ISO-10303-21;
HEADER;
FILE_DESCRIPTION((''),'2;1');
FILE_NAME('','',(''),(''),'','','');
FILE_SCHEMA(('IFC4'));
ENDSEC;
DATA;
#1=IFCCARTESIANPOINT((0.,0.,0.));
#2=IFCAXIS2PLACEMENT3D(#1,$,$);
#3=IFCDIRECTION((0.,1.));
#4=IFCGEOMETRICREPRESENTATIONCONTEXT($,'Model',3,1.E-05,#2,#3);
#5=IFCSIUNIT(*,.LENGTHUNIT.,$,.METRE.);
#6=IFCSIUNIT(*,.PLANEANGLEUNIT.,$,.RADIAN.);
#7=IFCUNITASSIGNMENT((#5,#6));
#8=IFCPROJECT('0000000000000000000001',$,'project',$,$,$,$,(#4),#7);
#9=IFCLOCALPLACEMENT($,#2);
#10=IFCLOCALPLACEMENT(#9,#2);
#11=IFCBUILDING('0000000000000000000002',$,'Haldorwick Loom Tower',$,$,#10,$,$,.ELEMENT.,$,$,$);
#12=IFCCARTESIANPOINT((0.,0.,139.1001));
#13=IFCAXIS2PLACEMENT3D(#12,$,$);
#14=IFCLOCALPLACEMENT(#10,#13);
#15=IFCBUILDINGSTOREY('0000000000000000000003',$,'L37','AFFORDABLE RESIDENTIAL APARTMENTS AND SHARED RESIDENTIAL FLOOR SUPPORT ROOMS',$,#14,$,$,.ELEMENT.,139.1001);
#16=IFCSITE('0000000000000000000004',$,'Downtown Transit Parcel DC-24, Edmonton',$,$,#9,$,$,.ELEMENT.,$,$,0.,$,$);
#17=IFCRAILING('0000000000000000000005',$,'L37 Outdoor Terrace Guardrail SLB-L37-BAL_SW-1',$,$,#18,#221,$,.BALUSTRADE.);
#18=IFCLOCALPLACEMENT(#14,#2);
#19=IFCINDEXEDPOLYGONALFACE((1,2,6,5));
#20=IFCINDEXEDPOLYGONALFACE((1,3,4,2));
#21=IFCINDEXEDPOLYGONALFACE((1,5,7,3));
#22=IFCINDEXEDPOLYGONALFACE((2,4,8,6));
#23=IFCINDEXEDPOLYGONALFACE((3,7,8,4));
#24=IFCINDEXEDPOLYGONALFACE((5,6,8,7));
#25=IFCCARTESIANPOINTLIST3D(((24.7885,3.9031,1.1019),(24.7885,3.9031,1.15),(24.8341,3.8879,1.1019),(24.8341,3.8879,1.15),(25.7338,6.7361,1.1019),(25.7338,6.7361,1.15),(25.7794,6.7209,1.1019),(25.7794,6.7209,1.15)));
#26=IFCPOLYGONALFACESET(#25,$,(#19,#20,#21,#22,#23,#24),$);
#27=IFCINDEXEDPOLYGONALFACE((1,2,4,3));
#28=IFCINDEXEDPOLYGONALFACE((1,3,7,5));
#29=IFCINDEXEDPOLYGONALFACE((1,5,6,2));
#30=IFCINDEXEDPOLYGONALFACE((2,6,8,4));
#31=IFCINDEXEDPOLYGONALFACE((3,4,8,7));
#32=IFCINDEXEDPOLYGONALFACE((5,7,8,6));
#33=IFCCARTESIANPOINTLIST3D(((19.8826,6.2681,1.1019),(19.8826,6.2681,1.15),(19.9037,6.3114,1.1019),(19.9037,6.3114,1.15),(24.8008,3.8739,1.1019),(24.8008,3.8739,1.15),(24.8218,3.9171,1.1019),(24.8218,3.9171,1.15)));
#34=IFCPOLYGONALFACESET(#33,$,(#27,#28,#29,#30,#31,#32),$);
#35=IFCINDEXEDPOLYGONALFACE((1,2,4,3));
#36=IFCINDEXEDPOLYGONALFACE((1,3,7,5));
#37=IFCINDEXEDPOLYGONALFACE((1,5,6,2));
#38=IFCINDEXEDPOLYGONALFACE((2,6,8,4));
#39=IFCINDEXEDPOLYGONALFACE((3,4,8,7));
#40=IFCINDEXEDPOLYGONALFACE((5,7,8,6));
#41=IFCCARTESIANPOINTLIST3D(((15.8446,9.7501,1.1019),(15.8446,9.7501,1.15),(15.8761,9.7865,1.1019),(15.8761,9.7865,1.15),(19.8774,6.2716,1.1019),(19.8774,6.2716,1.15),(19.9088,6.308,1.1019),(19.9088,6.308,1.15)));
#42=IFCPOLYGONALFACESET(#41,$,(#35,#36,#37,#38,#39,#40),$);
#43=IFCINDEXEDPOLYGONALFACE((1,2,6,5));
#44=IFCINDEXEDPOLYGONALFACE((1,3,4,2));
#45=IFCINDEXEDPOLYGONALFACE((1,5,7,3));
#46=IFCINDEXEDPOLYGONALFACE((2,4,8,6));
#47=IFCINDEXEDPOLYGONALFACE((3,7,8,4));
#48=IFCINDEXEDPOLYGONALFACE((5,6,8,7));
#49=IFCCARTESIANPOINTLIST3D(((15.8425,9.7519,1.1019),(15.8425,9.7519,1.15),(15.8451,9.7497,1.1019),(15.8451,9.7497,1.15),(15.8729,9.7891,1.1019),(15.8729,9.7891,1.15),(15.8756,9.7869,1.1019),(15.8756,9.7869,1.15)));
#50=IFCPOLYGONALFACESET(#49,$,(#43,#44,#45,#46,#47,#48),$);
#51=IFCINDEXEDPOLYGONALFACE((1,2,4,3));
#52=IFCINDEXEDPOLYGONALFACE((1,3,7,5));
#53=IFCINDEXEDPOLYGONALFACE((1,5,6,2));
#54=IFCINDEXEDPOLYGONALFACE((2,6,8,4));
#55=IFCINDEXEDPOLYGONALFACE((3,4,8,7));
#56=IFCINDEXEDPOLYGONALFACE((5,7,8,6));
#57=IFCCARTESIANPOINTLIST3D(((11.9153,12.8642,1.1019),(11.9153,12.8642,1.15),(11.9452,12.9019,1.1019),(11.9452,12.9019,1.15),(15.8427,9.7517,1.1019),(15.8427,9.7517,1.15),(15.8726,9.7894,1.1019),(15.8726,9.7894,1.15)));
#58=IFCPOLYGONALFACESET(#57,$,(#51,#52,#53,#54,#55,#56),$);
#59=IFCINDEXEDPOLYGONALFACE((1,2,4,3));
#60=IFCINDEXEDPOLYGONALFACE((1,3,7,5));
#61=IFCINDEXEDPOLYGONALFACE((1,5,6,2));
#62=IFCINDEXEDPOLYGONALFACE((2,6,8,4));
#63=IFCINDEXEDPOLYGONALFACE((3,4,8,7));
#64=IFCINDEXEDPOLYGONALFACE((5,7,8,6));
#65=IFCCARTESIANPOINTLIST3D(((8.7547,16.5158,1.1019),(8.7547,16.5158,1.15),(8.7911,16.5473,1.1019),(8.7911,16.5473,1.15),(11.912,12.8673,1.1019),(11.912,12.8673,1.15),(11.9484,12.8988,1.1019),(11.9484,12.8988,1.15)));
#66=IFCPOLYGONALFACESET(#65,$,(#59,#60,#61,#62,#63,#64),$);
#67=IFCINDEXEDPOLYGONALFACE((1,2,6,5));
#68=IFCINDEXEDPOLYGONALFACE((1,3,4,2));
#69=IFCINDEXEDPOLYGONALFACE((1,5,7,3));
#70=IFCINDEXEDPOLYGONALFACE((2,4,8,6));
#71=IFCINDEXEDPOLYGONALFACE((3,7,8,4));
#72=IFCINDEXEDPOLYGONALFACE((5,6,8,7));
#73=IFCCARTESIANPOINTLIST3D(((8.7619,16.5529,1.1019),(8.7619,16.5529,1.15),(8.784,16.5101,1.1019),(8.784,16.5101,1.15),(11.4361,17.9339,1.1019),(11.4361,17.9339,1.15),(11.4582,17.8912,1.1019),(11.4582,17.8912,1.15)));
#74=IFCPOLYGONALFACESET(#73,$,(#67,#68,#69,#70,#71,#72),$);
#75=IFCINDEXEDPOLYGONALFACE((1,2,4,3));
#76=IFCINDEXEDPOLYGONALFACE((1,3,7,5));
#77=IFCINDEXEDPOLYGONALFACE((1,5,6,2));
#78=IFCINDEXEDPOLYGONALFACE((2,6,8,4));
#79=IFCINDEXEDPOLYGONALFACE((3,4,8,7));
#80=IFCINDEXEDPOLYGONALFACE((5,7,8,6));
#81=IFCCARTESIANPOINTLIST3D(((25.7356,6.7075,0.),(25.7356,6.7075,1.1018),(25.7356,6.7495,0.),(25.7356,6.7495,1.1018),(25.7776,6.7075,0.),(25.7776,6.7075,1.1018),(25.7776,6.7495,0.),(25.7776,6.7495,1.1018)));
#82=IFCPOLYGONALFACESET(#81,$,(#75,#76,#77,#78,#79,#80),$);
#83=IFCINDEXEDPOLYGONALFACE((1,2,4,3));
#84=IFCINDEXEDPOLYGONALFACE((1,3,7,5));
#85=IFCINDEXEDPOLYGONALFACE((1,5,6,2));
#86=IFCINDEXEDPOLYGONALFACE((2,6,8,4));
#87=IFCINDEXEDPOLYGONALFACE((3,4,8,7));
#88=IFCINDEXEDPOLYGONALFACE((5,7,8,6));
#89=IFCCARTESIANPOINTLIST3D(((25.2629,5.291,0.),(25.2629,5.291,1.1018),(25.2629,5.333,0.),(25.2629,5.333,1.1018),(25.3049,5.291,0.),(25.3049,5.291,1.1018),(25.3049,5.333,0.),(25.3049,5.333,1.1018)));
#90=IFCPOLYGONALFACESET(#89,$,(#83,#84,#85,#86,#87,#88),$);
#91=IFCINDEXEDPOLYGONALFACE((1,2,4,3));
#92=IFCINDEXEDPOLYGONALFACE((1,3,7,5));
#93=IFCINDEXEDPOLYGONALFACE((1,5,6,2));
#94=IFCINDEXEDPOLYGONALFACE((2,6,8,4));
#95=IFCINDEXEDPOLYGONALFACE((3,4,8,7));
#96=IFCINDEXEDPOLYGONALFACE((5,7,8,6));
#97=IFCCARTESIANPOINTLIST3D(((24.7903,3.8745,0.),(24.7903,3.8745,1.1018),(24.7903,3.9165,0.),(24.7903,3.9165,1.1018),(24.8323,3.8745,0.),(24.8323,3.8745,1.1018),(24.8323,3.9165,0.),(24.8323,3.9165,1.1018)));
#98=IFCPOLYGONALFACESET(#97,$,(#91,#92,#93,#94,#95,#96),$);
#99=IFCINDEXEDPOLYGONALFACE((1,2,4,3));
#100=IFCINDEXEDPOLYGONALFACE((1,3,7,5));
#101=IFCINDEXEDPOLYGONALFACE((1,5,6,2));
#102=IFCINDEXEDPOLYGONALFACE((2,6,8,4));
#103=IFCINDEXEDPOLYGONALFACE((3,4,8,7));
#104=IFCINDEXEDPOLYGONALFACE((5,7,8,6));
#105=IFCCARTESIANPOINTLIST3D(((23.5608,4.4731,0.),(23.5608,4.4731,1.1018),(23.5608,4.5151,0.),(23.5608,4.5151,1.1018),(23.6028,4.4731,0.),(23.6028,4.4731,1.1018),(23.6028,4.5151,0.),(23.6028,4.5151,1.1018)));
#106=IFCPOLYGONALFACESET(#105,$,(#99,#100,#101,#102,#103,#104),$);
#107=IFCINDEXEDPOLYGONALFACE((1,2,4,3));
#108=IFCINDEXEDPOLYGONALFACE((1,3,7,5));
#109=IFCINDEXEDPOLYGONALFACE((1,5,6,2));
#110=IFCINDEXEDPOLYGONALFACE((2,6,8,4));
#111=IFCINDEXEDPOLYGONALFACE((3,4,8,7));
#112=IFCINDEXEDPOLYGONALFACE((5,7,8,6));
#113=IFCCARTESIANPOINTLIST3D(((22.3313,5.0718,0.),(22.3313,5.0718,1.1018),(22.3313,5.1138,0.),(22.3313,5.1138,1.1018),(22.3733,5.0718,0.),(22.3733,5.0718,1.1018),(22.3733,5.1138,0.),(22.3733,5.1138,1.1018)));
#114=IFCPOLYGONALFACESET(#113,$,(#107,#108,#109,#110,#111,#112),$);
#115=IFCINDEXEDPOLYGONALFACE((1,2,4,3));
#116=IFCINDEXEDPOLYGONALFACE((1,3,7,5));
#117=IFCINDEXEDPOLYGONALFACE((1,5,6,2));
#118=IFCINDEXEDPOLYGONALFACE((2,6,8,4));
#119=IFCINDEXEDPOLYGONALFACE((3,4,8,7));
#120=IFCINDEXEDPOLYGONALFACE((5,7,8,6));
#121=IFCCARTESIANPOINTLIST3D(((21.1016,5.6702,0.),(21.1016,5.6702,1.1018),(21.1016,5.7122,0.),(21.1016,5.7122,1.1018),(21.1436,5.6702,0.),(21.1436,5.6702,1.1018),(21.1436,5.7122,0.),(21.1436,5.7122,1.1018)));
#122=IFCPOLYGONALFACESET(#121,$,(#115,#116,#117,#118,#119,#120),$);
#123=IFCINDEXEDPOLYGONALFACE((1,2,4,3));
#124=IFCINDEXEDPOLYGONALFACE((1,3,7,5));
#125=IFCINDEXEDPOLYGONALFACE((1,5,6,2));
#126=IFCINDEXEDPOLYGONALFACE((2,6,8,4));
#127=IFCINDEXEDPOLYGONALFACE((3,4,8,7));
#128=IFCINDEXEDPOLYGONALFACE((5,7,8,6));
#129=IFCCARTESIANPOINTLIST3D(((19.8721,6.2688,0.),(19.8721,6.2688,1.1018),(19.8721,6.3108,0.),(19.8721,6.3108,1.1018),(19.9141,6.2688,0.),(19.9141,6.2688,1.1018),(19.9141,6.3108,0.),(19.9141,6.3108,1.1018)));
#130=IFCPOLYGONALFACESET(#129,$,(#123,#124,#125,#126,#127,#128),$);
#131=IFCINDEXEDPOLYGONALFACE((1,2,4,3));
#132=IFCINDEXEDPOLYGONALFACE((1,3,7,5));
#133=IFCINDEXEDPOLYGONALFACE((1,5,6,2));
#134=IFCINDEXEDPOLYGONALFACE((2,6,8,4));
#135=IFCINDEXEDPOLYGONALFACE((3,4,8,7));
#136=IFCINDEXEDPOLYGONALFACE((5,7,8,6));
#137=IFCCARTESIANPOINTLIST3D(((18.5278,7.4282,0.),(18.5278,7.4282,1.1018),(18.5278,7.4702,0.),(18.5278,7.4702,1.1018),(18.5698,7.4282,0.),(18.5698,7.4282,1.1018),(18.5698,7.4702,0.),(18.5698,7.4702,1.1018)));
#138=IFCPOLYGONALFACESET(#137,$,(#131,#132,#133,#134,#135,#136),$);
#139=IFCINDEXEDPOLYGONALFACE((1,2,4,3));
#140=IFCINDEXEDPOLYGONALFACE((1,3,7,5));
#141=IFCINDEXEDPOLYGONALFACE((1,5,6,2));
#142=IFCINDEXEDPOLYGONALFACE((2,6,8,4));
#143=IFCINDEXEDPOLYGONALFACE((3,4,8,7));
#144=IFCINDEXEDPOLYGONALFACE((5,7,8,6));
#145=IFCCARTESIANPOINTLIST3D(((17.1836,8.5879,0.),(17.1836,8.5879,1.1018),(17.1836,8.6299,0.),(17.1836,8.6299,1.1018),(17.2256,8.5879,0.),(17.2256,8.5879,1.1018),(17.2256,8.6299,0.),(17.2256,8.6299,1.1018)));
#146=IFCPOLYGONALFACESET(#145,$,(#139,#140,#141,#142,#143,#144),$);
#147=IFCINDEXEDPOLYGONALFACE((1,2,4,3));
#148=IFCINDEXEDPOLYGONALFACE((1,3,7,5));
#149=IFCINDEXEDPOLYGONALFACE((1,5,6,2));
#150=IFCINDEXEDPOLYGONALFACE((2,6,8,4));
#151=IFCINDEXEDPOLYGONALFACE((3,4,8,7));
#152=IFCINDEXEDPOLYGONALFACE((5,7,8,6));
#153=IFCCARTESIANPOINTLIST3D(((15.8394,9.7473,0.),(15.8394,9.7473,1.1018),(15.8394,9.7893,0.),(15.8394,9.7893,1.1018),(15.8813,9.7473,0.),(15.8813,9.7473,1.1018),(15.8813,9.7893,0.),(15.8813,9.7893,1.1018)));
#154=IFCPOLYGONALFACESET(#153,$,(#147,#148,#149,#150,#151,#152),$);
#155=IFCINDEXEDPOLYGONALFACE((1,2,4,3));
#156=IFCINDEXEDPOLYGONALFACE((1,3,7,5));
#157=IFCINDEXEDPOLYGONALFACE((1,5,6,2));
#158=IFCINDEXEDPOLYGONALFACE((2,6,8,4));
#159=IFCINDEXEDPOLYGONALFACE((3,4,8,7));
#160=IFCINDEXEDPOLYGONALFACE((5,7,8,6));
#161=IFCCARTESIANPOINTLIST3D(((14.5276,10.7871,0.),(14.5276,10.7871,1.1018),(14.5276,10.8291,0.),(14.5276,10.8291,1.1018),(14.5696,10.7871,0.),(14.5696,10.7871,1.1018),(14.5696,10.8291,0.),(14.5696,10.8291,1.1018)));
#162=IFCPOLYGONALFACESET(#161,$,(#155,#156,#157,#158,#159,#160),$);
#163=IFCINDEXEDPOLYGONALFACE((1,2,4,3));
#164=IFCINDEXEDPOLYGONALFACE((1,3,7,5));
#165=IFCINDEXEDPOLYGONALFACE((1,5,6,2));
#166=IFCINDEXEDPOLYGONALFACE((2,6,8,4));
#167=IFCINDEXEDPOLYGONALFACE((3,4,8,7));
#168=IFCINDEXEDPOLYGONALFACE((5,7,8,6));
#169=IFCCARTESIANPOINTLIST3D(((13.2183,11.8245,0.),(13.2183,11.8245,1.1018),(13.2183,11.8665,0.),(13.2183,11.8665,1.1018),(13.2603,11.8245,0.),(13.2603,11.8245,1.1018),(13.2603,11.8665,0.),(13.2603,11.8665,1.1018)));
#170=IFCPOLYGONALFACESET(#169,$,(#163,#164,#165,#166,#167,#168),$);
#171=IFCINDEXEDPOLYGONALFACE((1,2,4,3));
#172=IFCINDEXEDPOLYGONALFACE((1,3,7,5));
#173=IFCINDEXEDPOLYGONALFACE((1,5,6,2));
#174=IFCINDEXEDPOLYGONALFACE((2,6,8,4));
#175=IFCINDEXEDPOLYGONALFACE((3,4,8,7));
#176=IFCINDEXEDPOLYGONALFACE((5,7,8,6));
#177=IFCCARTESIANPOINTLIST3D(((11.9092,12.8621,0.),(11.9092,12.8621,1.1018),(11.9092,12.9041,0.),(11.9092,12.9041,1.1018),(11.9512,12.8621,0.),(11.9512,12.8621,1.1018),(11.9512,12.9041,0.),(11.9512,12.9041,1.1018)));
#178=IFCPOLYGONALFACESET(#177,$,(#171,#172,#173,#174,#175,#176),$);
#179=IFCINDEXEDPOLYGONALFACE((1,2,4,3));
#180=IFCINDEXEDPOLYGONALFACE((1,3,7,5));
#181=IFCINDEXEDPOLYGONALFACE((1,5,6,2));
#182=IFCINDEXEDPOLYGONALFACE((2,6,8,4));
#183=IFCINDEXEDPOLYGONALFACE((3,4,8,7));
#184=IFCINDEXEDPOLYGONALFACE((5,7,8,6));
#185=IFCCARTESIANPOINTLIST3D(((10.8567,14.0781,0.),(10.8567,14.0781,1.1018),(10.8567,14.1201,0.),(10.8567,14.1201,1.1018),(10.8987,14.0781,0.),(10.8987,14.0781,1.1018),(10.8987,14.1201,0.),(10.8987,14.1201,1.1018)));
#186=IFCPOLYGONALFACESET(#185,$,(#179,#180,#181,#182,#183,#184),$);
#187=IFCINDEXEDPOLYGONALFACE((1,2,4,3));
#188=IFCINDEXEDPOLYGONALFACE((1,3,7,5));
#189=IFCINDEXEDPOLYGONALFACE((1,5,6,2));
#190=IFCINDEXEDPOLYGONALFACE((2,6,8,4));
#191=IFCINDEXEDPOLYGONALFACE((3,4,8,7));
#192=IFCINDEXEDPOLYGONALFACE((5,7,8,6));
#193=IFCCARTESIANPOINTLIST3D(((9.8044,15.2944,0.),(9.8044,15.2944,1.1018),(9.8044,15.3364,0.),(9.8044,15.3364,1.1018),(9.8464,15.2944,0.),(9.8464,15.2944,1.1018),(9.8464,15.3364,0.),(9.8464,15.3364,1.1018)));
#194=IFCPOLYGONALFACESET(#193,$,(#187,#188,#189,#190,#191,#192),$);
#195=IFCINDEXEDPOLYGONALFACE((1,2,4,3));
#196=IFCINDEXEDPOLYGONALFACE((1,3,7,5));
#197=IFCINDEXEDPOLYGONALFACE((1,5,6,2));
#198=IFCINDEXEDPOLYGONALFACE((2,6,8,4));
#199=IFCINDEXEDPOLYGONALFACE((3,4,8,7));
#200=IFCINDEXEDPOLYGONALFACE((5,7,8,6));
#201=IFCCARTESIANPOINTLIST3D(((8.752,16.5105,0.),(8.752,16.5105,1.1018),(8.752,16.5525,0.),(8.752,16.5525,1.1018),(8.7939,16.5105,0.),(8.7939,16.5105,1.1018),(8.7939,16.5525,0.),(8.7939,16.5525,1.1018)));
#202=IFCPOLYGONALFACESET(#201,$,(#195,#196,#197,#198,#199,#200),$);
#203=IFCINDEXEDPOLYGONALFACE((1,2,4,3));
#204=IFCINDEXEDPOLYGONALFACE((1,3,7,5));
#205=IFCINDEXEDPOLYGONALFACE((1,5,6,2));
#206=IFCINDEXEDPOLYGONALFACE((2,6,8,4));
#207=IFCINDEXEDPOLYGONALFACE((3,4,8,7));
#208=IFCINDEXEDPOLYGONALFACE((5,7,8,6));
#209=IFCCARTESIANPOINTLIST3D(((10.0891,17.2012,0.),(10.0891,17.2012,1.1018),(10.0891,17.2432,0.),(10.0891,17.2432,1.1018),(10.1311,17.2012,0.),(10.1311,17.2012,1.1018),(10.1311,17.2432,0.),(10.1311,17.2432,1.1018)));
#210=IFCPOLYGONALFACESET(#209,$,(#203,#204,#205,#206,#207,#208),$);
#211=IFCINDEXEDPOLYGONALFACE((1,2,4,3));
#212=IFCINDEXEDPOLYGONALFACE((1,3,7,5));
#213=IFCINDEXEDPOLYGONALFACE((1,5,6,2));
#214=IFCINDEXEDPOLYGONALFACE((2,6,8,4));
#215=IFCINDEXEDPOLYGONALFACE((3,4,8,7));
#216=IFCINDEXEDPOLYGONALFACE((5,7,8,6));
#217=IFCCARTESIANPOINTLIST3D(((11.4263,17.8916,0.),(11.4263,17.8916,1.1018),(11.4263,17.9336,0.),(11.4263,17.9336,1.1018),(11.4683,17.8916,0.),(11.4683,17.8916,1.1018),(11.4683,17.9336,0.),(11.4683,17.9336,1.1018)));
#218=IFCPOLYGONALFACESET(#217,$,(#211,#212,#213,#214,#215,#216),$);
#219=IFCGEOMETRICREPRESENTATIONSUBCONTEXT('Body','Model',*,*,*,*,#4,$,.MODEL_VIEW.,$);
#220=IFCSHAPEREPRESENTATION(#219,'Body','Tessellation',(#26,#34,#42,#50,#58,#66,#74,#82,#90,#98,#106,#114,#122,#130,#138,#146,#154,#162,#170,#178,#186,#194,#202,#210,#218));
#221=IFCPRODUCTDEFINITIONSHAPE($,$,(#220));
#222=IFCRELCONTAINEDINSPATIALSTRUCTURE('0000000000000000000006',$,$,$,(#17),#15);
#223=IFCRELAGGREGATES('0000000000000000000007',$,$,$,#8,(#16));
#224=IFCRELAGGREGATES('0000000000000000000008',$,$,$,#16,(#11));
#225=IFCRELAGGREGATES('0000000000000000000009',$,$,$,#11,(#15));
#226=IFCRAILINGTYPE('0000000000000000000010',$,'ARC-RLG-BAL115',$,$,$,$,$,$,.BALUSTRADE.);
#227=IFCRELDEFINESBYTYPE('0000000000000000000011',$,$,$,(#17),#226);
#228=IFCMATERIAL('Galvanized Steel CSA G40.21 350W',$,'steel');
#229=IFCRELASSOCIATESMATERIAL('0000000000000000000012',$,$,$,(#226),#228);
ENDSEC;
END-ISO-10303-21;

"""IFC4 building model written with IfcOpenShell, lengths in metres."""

from ifc_helpers import new_model, si_unit, direction, frame, origin, origin_2d, place, context, subcontext, project, spatial, rectangle, extrude, material, type_object, element, save


model = new_model("IFC4")

# Units and contexts
model_context = context("Model", 3, precision=1e-05, world=origin(), true_north=direction((0.0, 1.0)))
body_context = subcontext(model_context, "Body", "Model", "MODEL_VIEW")
ifc_project = project(units=[si_unit("LENGTHUNIT", "METRE"), si_unit("PLANEANGLEUNIT", "RADIAN")], contexts=[model_context])

# Site, building, storey
site_placement = place(None, origin())
site = spatial("IfcSite", under=ifc_project, at=site_placement, Name="Downtown Transit Parcel DC-24, Edmonton", CompositionType="ELEMENT", RefElevation=0.0)
building_placement = place(site_placement, origin())
building = spatial("IfcBuilding", under=site, at=building_placement, Name="Haldorwick Loom Tower", CompositionType="ELEMENT")
storey_placement = place(building_placement, frame((0.0, 0.0, 139.1001)))
storey = spatial("IfcBuildingStorey", under=building, at=storey_placement, Name="L37", Description="AFFORDABLE RESIDENTIAL APARTMENTS AND SHARED RESIDENTIAL FLOOR SUPPORT ROOMS", CompositionType="ELEMENT", Elevation=139.1001)

# Railing
ifc_material_1 = material(Name="Galvanized Steel CSA G40.21 350W", Category="steel")
railing_type = type_object("IfcRailingType", Name="ARC-RLG-BAL115", PredefinedType="BALUSTRADE", material=ifc_material_1)
railing_placement = place(storey_placement, frame((25.7566, 6.7285, 0.0)))
element("IfcRailing", 1, at=railing_placement, inside=storey, type_object=railing_type, Name="L37 Outdoor Terrace Guardrail SLB-L37-BAL_SW-1", PredefinedType="BALUSTRADE", context=body_context, shape_type="SweptSolid", body=[
    extrude(rectangle(XDim=0.0481, YDim=0.0481, at=origin_2d()), frame((0.0, 0.0, 1.126), z_axis=(-0.316522, -0.948585, 0.0), x_axis=(0.948585, -0.316522, 0.0)), (0.0, 0.0, 1.0), 2.9866),
    extrude(rectangle(XDim=0.0481, YDim=0.0481, at=origin_2d()), frame((-0.9453, -2.833, 1.126), z_axis=(-0.899117, 0.437709, 0.0), x_axis=(-0.437709, -0.899117, 0.0)), (0.0, 0.0, 1.0), 5.47),
    extrude(rectangle(XDim=0.0481, YDim=0.0481, at=origin_2d()), frame((-5.8635, -0.4387, 1.126), z_axis=(-0.757221, 0.653159, 0.0), x_axis=(-0.653159, -0.757221, 0.0)), (0.0, 0.0, 1.0), 5.3257),
    extrude(rectangle(XDim=0.0481, YDim=0.0481, at=origin_2d()), frame((-9.8962, 3.0398, 1.126), z_axis=(-0.773957, 0.633238, 0.0), x_axis=(-0.633238, -0.773957, 0.0)), (0.0, 0.0, 1.0), 0.0034),
    extrude(rectangle(XDim=0.0481, YDim=0.0481, at=origin_2d()), frame((-9.8989, 3.042, 1.126), z_axis=(-0.783727, 0.621106, 0.0), x_axis=(-0.621106, -0.783727, 0.0)), (0.0, 0.0, 1.0), 5.0112),
    extrude(rectangle(XDim=0.0481, YDim=0.0481, at=origin_2d()), frame((-13.8264, 6.1545, 1.126), z_axis=(-0.654368, 0.756176, 0.0), x_axis=(-0.756176, -0.654368, 0.0)), (0.0, 0.0, 1.0), 4.825),
    extrude(rectangle(XDim=0.0481, YDim=0.0481, at=origin_2d()), frame((-16.9836, 9.803, 1.126), z_axis=(0.888511, 0.458856, 0.0), x_axis=(-0.458856, 0.888511, 0.0)), (0.0, 0.0, 1.0), 3.0098),
    extrude(rectangle(XDim=0.042, YDim=0.042, at=origin_2d()), origin(), (0.0, 0.0, 1.0), 1.1018),
    extrude(rectangle(XDim=0.042, YDim=0.042, at=origin_2d()), frame((-0.4727, -1.4165, 0.0)), (0.0, 0.0, 1.0), 1.1018),
    extrude(rectangle(XDim=0.042, YDim=0.042, at=origin_2d()), frame((-0.9453, -2.833, 0.0)), (0.0, 0.0, 1.0), 1.1018),
    extrude(rectangle(XDim=0.042, YDim=0.042, at=origin_2d()), frame((-2.1748, -2.2344, 0.0)), (0.0, 0.0, 1.0), 1.1018),
    extrude(rectangle(XDim=0.042, YDim=0.042, at=origin_2d()), frame((-3.4043, -1.6357, 0.0)), (0.0, 0.0, 1.0), 1.1018),
    extrude(rectangle(XDim=0.042, YDim=0.042, at=origin_2d()), frame((-4.634, -1.0374, 0.0)), (0.0, 0.0, 1.0), 1.1018),
    extrude(rectangle(XDim=0.042, YDim=0.042, at=origin_2d()), frame((-5.8635, -0.4387, 0.0)), (0.0, 0.0, 1.0), 1.1018),
    extrude(rectangle(XDim=0.042, YDim=0.042, at=origin_2d()), frame((-7.2078, 0.7207, 0.0)), (0.0, 0.0, 1.0), 1.1018),
    extrude(rectangle(XDim=0.042, YDim=0.042, at=origin_2d()), frame((-8.552, 1.8804, 0.0)), (0.0, 0.0, 1.0), 1.1018),
    extrude(rectangle(XDim=0.042, YDim=0.042, at=origin_2d()), frame((-9.8962, 3.0398, 0.0)), (0.0, 0.0, 1.0), 1.1018),
    extrude(rectangle(XDim=0.042, YDim=0.042, at=origin_2d()), frame((-11.208, 4.0796, 0.0)), (0.0, 0.0, 1.0), 1.1018),
    extrude(rectangle(XDim=0.042, YDim=0.042, at=origin_2d()), frame((-12.5173, 5.1169, 0.0)), (0.0, 0.0, 1.0), 1.1018),
    extrude(rectangle(XDim=0.042, YDim=0.042, at=origin_2d()), frame((-13.8264, 6.1545, 0.0)), (0.0, 0.0, 1.0), 1.1018),
    extrude(rectangle(XDim=0.042, YDim=0.042, at=origin_2d()), frame((-14.8789, 7.3706, 0.0)), (0.0, 0.0, 1.0), 1.1018),
    extrude(rectangle(XDim=0.042, YDim=0.042, at=origin_2d()), frame((-15.9312, 8.5869, 0.0)), (0.0, 0.0, 1.0), 1.1018),
    extrude(rectangle(XDim=0.042, YDim=0.042, at=origin_2d()), frame((-16.9836, 9.803, 0.0)), (0.0, 0.0, 1.0), 1.1018),
    extrude(rectangle(XDim=0.042, YDim=0.042, at=origin_2d()), frame((-15.6465, 10.4937, 0.0)), (0.0, 0.0, 1.0), 1.1018),
    extrude(rectangle(XDim=0.042, YDim=0.042, at=origin_2d()), frame((-14.3093, 11.1841, 0.0)), (0.0, 0.0, 1.0), 1.1018),
])

save(model, "model.ifc")
